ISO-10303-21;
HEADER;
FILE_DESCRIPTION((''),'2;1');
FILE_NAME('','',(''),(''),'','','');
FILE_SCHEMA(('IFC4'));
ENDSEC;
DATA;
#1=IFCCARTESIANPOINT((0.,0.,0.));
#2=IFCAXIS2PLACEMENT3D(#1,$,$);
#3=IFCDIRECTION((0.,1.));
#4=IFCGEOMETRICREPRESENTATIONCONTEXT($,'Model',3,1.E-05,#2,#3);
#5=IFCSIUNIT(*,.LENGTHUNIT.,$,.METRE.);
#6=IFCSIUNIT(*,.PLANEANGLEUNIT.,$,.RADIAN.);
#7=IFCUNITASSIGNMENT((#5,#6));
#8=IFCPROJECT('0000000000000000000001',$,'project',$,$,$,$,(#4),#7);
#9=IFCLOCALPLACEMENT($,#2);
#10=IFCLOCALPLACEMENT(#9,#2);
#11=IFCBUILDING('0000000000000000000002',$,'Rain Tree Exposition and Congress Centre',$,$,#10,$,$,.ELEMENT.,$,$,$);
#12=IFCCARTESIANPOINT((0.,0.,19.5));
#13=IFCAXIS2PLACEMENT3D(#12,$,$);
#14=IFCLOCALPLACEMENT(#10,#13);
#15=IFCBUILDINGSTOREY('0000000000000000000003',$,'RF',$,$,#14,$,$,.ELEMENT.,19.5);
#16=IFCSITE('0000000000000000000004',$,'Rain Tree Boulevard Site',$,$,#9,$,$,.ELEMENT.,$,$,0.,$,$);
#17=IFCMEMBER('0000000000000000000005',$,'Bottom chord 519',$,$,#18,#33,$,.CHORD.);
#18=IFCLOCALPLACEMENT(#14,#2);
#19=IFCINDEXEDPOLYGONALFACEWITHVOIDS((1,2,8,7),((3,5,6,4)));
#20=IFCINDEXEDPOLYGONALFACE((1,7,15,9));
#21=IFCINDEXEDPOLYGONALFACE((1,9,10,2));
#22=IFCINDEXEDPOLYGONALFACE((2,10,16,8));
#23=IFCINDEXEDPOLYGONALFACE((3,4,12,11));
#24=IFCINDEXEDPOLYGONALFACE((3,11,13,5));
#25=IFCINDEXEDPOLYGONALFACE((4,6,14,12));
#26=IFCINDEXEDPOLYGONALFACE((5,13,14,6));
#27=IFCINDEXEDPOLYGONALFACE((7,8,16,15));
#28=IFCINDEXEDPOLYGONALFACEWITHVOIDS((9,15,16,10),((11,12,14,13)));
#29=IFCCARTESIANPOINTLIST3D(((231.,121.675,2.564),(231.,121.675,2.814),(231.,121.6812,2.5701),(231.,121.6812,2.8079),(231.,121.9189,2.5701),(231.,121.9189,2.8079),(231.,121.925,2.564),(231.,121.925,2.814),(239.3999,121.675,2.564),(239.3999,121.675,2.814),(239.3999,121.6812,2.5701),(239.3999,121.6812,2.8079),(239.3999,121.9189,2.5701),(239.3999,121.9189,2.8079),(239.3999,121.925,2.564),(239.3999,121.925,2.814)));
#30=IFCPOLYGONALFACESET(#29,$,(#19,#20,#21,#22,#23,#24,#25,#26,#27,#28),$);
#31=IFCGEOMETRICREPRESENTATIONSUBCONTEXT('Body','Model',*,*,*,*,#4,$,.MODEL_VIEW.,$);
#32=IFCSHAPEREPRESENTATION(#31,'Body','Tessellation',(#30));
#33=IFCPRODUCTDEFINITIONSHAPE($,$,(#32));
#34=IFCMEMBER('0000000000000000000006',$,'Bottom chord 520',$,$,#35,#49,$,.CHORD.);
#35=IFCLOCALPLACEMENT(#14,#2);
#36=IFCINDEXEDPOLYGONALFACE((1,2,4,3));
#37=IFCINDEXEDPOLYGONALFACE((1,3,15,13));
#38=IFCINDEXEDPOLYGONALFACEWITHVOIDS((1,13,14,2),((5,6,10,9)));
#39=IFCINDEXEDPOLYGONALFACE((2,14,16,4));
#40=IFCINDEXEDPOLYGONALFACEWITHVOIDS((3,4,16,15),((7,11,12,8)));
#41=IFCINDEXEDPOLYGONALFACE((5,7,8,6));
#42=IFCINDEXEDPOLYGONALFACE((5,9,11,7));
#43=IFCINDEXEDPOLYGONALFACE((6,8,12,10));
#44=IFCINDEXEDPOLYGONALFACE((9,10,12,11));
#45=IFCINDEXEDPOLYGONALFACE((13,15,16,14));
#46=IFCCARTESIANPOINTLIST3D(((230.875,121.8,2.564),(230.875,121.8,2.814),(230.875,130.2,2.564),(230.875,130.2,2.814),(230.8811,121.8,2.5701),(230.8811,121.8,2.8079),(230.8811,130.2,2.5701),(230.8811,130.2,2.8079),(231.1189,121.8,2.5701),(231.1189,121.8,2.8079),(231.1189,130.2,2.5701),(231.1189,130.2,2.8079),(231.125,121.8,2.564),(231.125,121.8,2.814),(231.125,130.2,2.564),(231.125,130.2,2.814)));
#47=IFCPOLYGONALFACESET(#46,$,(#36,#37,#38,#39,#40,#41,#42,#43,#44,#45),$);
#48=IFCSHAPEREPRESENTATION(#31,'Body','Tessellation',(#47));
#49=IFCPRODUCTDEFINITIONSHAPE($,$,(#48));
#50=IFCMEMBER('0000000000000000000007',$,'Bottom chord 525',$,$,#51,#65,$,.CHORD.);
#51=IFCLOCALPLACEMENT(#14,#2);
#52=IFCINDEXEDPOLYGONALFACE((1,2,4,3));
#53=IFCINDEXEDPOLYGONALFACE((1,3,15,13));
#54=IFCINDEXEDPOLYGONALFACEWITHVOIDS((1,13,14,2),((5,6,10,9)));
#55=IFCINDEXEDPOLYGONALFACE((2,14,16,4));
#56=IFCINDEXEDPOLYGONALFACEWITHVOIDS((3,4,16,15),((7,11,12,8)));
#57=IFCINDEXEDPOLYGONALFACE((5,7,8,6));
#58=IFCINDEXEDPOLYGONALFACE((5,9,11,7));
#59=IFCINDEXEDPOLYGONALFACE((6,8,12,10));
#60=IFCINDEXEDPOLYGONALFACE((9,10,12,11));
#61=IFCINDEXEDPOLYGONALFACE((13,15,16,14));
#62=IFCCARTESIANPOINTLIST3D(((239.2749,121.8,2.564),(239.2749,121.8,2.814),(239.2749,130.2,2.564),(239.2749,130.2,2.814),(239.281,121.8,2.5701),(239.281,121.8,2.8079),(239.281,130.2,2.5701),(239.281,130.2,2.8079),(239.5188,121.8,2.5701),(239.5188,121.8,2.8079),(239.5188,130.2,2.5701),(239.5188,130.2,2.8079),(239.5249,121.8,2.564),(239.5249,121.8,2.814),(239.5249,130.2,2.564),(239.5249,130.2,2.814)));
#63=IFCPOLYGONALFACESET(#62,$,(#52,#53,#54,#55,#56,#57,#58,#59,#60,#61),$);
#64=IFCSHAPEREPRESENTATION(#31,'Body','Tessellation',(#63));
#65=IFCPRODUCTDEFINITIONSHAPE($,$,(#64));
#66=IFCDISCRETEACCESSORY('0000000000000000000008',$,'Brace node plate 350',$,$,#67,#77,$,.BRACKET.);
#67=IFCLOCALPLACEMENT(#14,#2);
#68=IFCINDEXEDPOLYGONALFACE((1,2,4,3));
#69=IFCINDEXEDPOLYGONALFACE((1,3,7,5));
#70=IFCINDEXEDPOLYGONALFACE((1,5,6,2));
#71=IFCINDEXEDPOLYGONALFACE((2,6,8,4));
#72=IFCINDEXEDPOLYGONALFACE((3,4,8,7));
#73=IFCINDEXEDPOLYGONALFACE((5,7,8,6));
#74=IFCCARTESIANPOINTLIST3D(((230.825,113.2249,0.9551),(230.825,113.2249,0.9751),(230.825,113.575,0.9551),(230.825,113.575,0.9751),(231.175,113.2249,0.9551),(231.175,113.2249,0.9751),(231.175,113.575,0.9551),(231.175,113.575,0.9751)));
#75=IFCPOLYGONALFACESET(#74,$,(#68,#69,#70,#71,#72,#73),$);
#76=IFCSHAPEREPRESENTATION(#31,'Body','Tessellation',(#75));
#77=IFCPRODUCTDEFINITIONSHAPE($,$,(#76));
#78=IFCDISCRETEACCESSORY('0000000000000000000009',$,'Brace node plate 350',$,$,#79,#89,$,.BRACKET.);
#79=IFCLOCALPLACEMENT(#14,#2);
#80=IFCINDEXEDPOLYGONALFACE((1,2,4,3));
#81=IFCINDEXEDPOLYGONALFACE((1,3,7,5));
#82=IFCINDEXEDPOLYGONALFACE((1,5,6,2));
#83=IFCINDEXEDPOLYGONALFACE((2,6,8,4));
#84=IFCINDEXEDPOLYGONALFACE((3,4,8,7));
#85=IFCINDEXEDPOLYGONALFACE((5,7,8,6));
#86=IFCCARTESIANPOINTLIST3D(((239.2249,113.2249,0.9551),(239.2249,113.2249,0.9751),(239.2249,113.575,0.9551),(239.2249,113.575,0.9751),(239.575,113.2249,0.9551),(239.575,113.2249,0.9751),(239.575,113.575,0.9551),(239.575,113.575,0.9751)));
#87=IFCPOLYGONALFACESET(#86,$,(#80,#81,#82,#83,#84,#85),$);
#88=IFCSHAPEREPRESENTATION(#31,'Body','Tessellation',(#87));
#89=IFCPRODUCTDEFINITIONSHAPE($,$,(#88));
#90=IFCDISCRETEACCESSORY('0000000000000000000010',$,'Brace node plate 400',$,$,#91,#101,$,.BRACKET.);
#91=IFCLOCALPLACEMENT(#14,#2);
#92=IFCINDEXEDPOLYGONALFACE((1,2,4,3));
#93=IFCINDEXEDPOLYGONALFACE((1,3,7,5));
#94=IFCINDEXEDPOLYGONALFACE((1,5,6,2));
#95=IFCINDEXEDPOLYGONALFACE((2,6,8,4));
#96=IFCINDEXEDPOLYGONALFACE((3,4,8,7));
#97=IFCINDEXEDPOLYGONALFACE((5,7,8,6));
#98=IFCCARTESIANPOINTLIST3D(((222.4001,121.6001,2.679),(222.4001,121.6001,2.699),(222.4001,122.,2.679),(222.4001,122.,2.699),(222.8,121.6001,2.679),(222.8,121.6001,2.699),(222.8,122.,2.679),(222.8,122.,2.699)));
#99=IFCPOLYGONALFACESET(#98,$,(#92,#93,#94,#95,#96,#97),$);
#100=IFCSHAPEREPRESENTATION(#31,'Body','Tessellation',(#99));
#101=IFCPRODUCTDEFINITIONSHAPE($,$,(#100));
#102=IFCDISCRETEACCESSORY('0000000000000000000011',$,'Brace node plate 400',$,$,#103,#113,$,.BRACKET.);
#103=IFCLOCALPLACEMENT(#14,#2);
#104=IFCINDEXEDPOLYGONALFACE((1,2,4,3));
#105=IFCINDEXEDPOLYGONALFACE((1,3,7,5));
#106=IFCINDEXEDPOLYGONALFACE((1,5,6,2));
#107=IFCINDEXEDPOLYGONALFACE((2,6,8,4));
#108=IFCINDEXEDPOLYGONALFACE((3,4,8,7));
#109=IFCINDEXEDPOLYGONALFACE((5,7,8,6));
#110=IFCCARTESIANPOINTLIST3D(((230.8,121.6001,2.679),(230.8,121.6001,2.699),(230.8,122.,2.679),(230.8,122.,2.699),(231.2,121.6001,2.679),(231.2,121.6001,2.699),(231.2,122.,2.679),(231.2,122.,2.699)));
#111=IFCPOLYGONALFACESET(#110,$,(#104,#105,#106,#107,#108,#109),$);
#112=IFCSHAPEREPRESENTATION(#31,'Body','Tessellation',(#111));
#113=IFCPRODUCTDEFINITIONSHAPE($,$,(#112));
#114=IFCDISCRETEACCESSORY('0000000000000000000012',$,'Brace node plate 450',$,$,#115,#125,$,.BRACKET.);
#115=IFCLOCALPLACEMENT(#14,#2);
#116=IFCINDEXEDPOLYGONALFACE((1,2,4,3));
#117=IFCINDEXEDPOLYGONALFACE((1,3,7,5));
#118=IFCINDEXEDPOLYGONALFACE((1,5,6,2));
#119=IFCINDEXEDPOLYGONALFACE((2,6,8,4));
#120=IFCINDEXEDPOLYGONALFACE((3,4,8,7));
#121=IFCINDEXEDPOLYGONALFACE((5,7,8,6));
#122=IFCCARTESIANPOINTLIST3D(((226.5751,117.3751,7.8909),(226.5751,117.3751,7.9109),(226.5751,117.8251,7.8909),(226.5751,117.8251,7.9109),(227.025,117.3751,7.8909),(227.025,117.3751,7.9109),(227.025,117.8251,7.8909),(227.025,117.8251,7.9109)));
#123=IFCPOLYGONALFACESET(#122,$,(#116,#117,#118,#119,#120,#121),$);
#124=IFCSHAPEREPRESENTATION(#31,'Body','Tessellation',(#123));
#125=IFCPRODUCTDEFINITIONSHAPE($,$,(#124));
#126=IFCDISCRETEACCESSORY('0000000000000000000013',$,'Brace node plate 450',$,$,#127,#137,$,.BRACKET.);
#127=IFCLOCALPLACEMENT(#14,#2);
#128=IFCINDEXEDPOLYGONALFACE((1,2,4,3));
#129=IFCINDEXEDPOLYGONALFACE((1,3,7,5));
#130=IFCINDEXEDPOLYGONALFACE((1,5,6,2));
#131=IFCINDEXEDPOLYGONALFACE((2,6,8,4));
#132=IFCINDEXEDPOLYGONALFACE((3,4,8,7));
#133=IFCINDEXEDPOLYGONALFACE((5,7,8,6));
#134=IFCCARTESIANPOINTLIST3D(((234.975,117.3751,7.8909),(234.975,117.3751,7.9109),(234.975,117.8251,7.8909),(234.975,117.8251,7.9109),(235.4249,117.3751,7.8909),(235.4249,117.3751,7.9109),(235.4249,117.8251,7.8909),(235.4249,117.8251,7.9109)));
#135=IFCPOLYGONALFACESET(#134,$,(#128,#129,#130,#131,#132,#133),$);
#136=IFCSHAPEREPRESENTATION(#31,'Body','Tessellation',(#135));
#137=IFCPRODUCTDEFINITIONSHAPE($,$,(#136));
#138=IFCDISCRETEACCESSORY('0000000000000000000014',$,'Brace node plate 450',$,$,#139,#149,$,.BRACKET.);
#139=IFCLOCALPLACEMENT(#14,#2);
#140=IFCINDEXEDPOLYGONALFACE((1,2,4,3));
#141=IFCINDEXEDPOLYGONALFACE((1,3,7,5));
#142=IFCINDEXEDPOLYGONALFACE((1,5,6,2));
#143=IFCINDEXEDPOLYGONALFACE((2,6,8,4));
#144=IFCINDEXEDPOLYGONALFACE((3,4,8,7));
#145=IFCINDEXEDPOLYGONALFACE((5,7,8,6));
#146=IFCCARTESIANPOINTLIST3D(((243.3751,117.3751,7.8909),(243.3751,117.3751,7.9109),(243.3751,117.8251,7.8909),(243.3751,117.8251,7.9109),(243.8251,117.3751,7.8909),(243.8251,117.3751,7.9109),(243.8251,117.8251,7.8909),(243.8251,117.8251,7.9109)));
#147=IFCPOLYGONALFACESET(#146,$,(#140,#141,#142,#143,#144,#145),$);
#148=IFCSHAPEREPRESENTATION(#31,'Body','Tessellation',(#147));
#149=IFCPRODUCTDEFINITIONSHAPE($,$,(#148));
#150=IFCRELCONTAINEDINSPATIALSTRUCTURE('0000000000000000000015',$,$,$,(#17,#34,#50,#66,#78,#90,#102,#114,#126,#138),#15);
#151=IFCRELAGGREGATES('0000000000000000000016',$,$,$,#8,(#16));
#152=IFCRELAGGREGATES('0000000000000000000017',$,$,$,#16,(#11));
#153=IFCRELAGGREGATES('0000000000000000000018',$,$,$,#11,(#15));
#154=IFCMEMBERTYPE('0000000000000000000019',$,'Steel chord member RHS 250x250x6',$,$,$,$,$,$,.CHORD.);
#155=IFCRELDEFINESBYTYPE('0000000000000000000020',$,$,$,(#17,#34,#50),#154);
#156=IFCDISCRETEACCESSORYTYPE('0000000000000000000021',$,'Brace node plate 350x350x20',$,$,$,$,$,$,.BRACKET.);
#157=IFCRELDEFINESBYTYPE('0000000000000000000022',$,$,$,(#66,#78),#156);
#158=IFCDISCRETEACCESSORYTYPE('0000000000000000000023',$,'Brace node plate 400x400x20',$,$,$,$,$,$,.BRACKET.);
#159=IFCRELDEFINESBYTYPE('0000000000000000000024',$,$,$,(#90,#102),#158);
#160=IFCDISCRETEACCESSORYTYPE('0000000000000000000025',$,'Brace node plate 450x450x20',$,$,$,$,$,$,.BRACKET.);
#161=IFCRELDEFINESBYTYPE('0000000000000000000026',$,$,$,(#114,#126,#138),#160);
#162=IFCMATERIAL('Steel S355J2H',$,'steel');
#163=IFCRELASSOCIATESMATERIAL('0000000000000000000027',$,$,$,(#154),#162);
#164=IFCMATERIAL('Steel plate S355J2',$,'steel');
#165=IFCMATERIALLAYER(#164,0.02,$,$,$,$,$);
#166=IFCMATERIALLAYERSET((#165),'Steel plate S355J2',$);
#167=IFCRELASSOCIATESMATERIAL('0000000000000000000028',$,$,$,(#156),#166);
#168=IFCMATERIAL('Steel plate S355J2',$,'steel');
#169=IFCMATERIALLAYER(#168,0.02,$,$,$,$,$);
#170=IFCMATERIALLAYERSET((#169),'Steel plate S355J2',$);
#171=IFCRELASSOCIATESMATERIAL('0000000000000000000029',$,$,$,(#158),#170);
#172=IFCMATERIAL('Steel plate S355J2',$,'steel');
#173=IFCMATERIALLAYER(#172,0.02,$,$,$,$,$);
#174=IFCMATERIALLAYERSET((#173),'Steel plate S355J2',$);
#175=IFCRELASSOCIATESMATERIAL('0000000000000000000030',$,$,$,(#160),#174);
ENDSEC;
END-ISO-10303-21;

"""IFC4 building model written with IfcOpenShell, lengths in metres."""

from ifc_helpers import new_model, si_unit, direction, frame, origin, origin_2d, place, context, subcontext, project, spatial, rectangle, hollow_rectangle, extrude, material, layer, layer_set, material_profile, profile_set, type_object, element, save


model = new_model("IFC4")

# Units and contexts
model_context = context("Model", 3, precision=1e-05, world=origin(), true_north=direction((0.0, 1.0)))
body_context = subcontext(model_context, "Body", "Model", "MODEL_VIEW")
ifc_project = project(units=[si_unit("LENGTHUNIT", "METRE"), si_unit("PLANEANGLEUNIT", "RADIAN")], contexts=[model_context])

# Site, building, storey
site_placement = place(None, origin())
site = spatial("IfcSite", under=ifc_project, at=site_placement, Name="Rain Tree Boulevard Site", CompositionType="ELEMENT", RefElevation=0.0)
building_placement = place(site_placement, origin())
building = spatial("IfcBuilding", under=site, at=building_placement, Name="Rain Tree Exposition and Congress Centre", CompositionType="ELEMENT")
storey_placement = place(building_placement, frame((0.0, 0.0, 19.5)))
storey = spatial("IfcBuildingStorey", under=building, at=storey_placement, Name="RF", CompositionType="ELEMENT", Elevation=19.5)

# Members
ifc_material_1 = material(Name="Steel S355J2H", Category="steel")
ifc_material_profile_1 = material_profile(ifc_material_1, hollow_rectangle(XDim=0.25, YDim=0.25, WallThickness=0.0061, at=origin_2d()), Name="RHS 250x250x6")
ifc_profile_set_1 = profile_set([ifc_material_profile_1], Name="Steel S355J2H")
member_type_1 = type_object("IfcMemberType", Name="Steel chord member RHS 250x250x6", PredefinedType="CHORD", material=ifc_profile_set_1)
for number, where, z_axis, x_axis, name in (
    (1, (231.0, 121.8, 2.689), (1.0, 0.0, 0.0), (0.0, 1.0, 0.0), "Bottom chord 519"),
    (2, (231.0, 121.8, 2.689), (0.0, 1.0, 0.0), (-1.0, 0.0, 0.0), "Bottom chord 520"),
    (3, (239.3999, 121.8, 2.689), (0.0, 1.0, 0.0), (-1.0, 0.0, 0.0), "Bottom chord 525"),
):
    element("IfcMember", number, at=place(storey_placement, frame(where, z_axis=z_axis, x_axis=x_axis)), inside=storey, type_object=member_type_1, Name=name, PredefinedType="CHORD", context=body_context, shape_type="SweptSolid", body=[
        extrude(hollow_rectangle(XDim=0.25, YDim=0.25, WallThickness=0.0061, at=origin_2d()), origin(), (0.0, 0.0, 1.0), 8.3999),
    ])

# Discrete accessories
ifc_material_2 = material(Name="Steel plate S355J2", Category="steel")
ifc_layer_1 = layer(ifc_material_2, 0.02)
ifc_layer_set_1 = layer_set([ifc_layer_1], Name="Steel plate S355J2")
discrete_accessory_type_1 = type_object("IfcDiscreteAccessoryType", Name="Brace node plate 350x350x20", PredefinedType="BRACKET", material=ifc_layer_set_1)
for number, where, z_axis, x_axis, name in (
    (4, (231.0, 113.3999, 0.9551), (0.0, 0.0, 1.0), (1.0, 0.0, 0.0), "Brace node plate 350"),
    (5, (239.3999, 113.3999, 0.9551), (0.0, 0.0, 1.0), (1.0, 0.0, 0.0), "Brace node plate 350"),
):
    element("IfcDiscreteAccessory", number, at=place(storey_placement, frame(where, z_axis=z_axis, x_axis=x_axis)), inside=storey, type_object=discrete_accessory_type_1, Name=name, PredefinedType="BRACKET", context=body_context, shape_type="SweptSolid", body=[
        extrude(rectangle(XDim=0.3501, YDim=0.3501, at=origin_2d()), origin(), (0.0, 0.0, 1.0), 0.02),
    ])
ifc_material_3 = material(Name="Steel plate S355J2", Category="steel")
ifc_layer_2 = layer(ifc_material_3, 0.02)
ifc_layer_set_2 = layer_set([ifc_layer_2], Name="Steel plate S355J2")
discrete_accessory_type_2 = type_object("IfcDiscreteAccessoryType", Name="Brace node plate 400x400x20", PredefinedType="BRACKET", material=ifc_layer_set_2)
for number, where, z_axis, x_axis, name in (
    (6, (222.6001, 121.8, 2.679), (0.0, 0.0, 1.0), (1.0, 0.0, 0.0), "Brace node plate 400"),
    (7, (231.0, 121.8, 2.679), (0.0, 0.0, 1.0), (1.0, 0.0, 0.0), "Brace node plate 400"),
):
    element("IfcDiscreteAccessory", number, at=place(storey_placement, frame(where, z_axis=z_axis, x_axis=x_axis)), inside=storey, type_object=discrete_accessory_type_2, Name=name, PredefinedType="BRACKET", context=body_context, shape_type="SweptSolid", body=[
        extrude(rectangle(XDim=0.3999, YDim=0.3999, at=origin_2d()), origin(), (0.0, 0.0, 1.0), 0.02),
    ])
ifc_material_4 = material(Name="Steel plate S355J2", Category="steel")
ifc_layer_3 = layer(ifc_material_4, 0.02)
ifc_layer_set_3 = layer_set([ifc_layer_3], Name="Steel plate S355J2")
discrete_accessory_type_3 = type_object("IfcDiscreteAccessoryType", Name="Brace node plate 450x450x20", PredefinedType="BRACKET", material=ifc_layer_set_3)
for number, where, z_axis, x_axis, name in (
    (8, (226.8, 117.6001, 7.8909), (0.0, 0.0, 1.0), (1.0, 0.0, 0.0), "Brace node plate 450"),
    (9, (235.2, 117.6001, 7.8909), (0.0, 0.0, 1.0), (1.0, 0.0, 0.0), "Brace node plate 450"),
    (10, (243.6001, 117.6001, 7.8909), (0.0, 0.0, 1.0), (1.0, 0.0, 0.0), "Brace node plate 450"),
):
    element("IfcDiscreteAccessory", number, at=place(storey_placement, frame(where, z_axis=z_axis, x_axis=x_axis)), inside=storey, type_object=discrete_accessory_type_3, Name=name, PredefinedType="BRACKET", context=body_context, shape_type="SweptSolid", body=[
        extrude(rectangle(XDim=0.45, YDim=0.45, at=origin_2d()), origin(), (0.0, 0.0, 1.0), 0.02),
    ])

save(model, "model.ifc")
